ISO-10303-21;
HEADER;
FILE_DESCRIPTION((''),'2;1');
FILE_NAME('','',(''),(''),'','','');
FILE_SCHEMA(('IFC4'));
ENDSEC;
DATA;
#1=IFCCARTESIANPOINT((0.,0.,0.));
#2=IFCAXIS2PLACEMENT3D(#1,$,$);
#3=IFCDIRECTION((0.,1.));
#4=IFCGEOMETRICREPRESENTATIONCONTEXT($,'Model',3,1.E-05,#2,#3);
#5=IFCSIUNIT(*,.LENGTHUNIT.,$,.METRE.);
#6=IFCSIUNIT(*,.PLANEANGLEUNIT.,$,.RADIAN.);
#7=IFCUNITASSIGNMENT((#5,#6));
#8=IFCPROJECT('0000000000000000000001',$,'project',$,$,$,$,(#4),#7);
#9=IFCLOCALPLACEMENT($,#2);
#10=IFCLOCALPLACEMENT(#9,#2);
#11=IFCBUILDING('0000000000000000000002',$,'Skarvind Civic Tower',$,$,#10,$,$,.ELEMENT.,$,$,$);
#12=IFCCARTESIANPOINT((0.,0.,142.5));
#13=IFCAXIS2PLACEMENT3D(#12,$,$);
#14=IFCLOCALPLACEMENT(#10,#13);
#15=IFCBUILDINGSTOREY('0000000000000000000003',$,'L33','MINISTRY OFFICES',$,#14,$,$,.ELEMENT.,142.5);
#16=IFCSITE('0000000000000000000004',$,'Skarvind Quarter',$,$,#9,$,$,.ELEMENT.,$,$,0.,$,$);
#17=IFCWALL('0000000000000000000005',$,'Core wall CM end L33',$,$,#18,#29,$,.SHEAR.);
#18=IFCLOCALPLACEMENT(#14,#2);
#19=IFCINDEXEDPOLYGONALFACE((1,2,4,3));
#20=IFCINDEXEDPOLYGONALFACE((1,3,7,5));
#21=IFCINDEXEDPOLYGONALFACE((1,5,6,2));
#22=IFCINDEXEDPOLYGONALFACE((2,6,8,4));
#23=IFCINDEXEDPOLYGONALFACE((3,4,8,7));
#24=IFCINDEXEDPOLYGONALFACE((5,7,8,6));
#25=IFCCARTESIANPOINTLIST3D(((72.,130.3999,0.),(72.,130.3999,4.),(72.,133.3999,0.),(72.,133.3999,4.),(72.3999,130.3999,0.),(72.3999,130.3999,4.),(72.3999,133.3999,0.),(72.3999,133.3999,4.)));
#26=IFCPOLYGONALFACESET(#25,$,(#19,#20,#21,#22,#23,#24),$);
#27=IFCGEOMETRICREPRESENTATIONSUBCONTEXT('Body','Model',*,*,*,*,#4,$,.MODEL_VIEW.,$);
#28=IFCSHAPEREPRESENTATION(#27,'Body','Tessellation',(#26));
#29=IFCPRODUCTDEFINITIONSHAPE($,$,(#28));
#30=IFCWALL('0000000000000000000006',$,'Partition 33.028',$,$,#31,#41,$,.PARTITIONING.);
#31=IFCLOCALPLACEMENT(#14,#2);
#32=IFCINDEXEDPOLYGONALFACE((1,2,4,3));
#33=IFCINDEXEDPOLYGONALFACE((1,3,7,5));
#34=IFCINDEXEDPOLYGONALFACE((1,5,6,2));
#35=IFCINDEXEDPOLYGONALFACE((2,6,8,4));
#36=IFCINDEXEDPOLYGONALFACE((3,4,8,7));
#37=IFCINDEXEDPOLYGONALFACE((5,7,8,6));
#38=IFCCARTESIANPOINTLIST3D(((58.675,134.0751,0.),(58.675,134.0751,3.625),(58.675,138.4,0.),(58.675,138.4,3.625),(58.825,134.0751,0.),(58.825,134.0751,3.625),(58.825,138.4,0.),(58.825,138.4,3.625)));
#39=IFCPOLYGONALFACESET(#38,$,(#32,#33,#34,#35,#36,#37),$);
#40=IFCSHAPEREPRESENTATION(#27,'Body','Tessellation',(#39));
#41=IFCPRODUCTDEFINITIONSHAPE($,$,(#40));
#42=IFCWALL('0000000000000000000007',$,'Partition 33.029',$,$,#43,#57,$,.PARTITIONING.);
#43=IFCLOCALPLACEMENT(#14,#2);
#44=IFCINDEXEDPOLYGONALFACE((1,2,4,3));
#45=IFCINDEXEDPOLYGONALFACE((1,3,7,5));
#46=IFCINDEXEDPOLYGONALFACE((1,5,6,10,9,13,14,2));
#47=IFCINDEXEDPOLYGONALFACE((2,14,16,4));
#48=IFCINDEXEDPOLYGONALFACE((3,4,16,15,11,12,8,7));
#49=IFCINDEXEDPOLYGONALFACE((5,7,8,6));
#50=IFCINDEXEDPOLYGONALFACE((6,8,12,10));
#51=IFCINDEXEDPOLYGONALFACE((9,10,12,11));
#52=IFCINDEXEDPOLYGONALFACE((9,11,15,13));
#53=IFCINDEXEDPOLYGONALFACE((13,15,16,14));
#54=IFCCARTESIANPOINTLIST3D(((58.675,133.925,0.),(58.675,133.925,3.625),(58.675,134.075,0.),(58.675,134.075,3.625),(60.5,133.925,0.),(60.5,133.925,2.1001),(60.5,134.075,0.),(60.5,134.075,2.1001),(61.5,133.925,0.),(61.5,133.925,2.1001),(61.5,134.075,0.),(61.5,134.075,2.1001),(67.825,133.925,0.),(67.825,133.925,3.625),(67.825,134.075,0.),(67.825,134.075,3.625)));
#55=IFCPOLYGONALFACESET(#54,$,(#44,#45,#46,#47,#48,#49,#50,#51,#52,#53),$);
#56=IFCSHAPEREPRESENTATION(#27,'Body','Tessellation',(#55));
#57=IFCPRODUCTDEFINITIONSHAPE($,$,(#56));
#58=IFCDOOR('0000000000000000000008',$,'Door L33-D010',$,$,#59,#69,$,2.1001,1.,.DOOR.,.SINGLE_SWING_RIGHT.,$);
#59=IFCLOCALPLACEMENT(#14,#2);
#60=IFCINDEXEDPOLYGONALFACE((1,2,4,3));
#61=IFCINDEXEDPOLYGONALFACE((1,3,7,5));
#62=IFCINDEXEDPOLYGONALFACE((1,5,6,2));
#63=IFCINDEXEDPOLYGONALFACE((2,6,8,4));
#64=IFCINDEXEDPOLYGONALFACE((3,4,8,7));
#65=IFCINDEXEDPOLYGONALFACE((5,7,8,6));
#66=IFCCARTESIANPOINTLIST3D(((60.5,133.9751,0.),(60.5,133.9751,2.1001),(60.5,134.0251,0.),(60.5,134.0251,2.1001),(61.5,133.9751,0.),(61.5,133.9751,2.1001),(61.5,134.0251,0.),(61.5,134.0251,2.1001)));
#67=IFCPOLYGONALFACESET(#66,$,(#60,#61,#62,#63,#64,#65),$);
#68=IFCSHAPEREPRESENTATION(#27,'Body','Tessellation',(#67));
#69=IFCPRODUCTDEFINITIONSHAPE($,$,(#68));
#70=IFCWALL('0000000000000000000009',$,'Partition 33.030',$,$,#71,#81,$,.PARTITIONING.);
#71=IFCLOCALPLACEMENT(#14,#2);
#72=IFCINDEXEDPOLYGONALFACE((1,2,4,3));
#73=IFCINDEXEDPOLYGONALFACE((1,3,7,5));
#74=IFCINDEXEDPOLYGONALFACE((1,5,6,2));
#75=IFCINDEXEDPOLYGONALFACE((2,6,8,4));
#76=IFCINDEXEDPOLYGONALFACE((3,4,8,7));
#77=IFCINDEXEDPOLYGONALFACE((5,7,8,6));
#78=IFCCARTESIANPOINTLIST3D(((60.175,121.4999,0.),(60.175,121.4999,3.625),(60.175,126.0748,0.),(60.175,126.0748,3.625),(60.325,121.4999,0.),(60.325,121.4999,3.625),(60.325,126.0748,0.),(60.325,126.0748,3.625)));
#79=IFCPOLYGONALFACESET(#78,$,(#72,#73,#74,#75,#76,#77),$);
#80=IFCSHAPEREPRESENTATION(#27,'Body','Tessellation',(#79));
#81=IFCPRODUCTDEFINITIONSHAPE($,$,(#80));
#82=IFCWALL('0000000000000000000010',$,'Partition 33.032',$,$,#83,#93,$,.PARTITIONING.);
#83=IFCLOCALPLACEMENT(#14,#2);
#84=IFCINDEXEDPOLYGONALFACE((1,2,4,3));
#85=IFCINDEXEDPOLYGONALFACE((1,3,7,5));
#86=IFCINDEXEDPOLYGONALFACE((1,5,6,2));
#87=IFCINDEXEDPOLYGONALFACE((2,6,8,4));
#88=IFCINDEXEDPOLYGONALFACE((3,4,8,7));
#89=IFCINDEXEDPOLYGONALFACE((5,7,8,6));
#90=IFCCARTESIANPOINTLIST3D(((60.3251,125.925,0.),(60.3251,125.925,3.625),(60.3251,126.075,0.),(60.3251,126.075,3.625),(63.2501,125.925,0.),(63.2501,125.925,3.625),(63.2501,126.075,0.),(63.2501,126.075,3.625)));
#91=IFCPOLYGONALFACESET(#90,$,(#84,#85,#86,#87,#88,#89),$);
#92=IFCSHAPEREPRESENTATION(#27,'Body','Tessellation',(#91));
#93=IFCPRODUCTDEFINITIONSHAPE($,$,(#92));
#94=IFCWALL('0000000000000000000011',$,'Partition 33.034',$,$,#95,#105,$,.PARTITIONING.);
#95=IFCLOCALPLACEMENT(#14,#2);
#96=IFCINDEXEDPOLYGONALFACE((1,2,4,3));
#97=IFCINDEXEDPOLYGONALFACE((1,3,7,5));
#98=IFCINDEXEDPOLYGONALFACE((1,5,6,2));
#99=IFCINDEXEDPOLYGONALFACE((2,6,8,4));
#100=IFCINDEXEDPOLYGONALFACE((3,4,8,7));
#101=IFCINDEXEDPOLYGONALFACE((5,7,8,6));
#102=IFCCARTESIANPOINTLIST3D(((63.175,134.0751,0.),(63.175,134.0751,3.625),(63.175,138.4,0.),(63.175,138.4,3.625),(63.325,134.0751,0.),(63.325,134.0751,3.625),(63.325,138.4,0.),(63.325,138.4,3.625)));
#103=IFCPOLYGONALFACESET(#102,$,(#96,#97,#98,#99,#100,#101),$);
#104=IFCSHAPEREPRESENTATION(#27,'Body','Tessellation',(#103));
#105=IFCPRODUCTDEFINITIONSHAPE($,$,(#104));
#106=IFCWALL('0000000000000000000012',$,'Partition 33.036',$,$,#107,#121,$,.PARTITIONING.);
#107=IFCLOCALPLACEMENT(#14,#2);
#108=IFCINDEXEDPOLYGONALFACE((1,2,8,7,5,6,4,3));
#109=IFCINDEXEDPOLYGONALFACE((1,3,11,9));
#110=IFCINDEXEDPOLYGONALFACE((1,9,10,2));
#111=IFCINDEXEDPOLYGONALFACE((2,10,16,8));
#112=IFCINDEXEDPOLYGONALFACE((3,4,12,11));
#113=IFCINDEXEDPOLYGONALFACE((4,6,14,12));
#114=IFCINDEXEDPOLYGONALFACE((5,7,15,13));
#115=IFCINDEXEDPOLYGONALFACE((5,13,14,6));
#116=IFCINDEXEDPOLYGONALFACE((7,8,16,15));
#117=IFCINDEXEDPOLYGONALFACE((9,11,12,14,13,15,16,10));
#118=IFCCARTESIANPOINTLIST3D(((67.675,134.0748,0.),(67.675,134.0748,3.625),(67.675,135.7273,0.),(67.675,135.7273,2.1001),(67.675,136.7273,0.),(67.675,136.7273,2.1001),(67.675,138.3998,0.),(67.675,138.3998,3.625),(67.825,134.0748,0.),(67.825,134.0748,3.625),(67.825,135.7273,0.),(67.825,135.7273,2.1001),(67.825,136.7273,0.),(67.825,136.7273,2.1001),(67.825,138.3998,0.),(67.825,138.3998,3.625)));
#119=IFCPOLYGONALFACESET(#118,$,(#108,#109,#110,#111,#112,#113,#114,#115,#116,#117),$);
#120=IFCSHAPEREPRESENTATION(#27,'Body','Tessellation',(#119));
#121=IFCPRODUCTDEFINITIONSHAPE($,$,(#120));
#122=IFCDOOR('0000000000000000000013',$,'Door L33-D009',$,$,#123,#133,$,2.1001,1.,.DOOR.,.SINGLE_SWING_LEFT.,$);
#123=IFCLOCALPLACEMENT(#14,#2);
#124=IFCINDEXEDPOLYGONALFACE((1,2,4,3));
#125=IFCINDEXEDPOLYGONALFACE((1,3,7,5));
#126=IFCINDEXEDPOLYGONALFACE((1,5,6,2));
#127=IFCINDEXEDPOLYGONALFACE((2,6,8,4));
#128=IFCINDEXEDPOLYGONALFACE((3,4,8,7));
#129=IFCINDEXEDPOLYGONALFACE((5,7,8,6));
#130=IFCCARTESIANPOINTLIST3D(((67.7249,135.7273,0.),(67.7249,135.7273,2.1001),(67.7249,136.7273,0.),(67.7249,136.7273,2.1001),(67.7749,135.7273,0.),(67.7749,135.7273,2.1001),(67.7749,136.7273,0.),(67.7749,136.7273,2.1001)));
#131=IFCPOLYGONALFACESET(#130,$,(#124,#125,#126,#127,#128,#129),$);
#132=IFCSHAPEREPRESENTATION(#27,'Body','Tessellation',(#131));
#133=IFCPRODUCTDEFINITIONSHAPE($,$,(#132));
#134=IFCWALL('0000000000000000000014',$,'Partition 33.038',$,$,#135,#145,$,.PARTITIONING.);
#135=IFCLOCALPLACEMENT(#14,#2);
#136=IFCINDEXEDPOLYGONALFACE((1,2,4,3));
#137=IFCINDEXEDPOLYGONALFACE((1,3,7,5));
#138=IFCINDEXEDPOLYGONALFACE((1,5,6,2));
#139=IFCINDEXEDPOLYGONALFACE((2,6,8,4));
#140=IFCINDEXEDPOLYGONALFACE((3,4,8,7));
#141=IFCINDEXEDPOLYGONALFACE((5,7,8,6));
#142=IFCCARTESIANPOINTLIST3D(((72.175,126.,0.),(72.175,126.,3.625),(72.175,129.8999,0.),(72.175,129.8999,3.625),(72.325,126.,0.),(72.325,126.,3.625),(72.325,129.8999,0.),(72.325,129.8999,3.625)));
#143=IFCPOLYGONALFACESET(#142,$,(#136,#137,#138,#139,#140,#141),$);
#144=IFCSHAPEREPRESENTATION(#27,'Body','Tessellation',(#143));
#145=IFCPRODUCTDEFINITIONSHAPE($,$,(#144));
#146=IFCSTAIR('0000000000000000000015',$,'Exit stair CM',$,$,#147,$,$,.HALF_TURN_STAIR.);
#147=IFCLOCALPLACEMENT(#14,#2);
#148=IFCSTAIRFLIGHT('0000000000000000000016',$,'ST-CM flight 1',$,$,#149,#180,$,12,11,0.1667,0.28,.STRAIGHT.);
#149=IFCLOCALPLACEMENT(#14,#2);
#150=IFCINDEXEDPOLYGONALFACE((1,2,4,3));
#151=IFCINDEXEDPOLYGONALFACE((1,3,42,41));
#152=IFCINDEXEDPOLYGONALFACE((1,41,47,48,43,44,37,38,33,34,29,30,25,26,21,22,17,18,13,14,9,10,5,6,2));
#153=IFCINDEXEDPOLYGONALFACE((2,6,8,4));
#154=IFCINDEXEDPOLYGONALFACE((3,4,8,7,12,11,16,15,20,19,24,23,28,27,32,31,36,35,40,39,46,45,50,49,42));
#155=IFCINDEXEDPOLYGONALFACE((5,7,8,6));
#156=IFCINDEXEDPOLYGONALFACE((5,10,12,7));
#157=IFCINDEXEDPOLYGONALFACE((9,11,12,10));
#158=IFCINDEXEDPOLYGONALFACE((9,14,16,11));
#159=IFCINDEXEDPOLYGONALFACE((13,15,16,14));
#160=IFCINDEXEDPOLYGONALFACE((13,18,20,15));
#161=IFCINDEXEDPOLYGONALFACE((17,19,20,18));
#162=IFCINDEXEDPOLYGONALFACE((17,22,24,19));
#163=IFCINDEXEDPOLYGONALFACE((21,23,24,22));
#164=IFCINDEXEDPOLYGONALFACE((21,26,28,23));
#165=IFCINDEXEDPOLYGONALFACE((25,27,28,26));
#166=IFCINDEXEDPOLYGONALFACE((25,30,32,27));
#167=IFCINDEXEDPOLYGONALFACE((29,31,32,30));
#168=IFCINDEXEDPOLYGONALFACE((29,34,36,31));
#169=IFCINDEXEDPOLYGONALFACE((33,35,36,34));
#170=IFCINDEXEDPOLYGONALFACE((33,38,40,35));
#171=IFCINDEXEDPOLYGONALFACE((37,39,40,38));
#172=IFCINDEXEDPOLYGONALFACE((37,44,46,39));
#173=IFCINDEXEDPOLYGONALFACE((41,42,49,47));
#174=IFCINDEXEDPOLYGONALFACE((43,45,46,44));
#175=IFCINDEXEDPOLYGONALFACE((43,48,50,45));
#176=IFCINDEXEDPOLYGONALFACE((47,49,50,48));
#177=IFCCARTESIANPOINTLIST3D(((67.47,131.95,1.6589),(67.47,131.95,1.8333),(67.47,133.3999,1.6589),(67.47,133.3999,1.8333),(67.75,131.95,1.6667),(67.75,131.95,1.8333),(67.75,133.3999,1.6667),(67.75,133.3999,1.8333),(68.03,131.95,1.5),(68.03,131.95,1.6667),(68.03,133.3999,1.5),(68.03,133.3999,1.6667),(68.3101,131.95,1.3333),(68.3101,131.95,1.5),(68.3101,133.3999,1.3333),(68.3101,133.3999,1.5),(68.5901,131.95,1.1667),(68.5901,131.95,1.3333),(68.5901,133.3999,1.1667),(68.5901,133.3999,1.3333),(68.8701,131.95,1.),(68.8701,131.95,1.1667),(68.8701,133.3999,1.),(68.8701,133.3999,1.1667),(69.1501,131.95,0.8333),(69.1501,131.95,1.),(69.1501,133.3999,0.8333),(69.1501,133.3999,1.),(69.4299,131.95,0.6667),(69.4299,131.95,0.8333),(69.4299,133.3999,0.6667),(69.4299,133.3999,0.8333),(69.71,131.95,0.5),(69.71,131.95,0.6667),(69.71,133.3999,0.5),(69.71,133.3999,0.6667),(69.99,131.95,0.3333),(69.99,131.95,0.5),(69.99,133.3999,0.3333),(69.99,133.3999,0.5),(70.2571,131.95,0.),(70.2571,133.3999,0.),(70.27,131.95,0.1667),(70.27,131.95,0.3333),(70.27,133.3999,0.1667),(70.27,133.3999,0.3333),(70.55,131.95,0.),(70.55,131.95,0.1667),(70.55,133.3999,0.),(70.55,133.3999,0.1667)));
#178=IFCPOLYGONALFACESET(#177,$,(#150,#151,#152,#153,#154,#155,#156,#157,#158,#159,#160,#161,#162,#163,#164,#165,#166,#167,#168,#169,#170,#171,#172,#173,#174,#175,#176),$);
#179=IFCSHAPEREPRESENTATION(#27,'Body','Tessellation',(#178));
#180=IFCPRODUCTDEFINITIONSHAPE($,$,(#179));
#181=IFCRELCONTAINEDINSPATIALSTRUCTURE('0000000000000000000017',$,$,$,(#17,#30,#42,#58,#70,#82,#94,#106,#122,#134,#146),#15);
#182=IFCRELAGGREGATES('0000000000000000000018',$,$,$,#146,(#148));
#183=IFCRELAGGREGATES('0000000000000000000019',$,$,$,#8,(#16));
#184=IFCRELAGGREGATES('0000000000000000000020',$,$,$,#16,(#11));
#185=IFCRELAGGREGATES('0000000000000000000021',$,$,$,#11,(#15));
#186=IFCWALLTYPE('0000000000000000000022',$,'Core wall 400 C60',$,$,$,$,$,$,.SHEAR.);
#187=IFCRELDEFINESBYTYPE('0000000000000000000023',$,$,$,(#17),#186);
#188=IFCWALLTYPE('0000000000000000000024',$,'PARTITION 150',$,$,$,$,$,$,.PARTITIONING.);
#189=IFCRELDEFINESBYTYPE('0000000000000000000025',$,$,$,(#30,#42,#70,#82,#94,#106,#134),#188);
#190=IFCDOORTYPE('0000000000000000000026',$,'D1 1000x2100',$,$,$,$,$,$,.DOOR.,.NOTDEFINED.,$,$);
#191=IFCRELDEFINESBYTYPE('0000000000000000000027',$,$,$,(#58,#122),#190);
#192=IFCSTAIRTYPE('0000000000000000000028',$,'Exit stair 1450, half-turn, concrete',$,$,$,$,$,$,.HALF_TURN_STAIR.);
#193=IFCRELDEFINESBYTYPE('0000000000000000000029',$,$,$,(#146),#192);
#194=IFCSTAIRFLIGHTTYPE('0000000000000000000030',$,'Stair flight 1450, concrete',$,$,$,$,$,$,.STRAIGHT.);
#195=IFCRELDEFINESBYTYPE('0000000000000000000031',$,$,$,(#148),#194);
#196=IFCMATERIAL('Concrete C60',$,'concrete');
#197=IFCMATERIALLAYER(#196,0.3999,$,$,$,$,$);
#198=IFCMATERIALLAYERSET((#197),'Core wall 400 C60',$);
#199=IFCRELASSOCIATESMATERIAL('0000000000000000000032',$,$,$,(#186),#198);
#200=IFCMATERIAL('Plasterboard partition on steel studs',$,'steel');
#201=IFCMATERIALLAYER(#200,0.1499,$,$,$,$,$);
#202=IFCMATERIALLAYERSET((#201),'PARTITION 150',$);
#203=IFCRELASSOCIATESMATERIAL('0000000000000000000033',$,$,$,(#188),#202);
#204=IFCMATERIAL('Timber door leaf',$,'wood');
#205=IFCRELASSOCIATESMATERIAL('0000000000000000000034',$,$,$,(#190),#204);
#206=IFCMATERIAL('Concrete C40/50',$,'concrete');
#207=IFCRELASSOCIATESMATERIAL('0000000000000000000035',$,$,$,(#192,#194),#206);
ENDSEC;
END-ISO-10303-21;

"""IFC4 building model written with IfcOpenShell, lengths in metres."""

from ifc_helpers import new_model, si_unit, direction, frame, frame_2d, origin, place, context, subcontext, project, spatial, polyline, rectangle, outline, extrude, material, layer, layer_set, type_object, element, fill, aggregate, save


model = new_model("IFC4")

# Units and contexts
model_context = context("Model", 3, precision=1e-05, world=origin(), true_north=direction((0.0, 1.0)))
body_context = subcontext(model_context, "Body", "Model", "MODEL_VIEW")
ifc_project = project(units=[si_unit("LENGTHUNIT", "METRE"), si_unit("PLANEANGLEUNIT", "RADIAN")], contexts=[model_context])

# Site, building, storey
site_placement = place(None, origin())
site = spatial("IfcSite", under=ifc_project, at=site_placement, Name="Skarvind Quarter", CompositionType="ELEMENT", RefElevation=0.0)
building_placement = place(site_placement, origin())
building = spatial("IfcBuilding", under=site, at=building_placement, Name="Skarvind Civic Tower", CompositionType="ELEMENT")
storey_placement = place(building_placement, frame((0.0, 0.0, 142.5)))
storey = spatial("IfcBuildingStorey", under=building, at=storey_placement, Name="L33", Description="MINISTRY OFFICES", CompositionType="ELEMENT", Elevation=142.5)

# Shared definitions
ifc_material_1 = material(Name="Concrete C60", Category="concrete")

# Shared definitions
ifc_layer_1 = layer(ifc_material_1, 0.3999)
ifc_layer_set_1 = layer_set([ifc_layer_1], Name="Core wall 400 C60")
wall_type_1 = type_object("IfcWallType", Name="Core wall 400 C60", PredefinedType="SHEAR", material=ifc_layer_set_1)

# Walls
for number, where, z_axis, x_axis, name in (
    (1, (72.2, 130.3999, 0.0), (0.0, 0.0, 1.0), (0.0, 1.0, 0.0), "Core wall CM end L33"),
):
    element("IfcWall", number, at=place(storey_placement, frame(where, z_axis=z_axis, x_axis=x_axis)), inside=storey, type_object=wall_type_1, Name=name, PredefinedType="SHEAR", context=body_context, shape_type="SweptSolid", body=[
        extrude(rectangle(XDim=3.0, YDim=0.3999, at=frame_2d((1.5, 0.0))), origin(), (0.0, 0.0, 1.0), 4.0),
    ])
ifc_material_2 = material(Name="Plasterboard partition on steel studs", Category="steel")
ifc_layer_2 = layer(ifc_material_2, 0.1499)
ifc_layer_set_2 = layer_set([ifc_layer_2], Name="PARTITION 150")
wall_type_2 = type_object("IfcWallType", Name="PARTITION 150", PredefinedType="PARTITIONING", material=ifc_layer_set_2)
wall_1_placement = place(storey_placement, frame((58.75, 134.075, 0.0), z_axis=(0.0, 0.0, 1.0), x_axis=(0.0, 1.0, 0.0)))
element("IfcWall", 2, at=wall_1_placement, inside=storey, type_object=wall_type_2, Name="Partition 33.028", PredefinedType="PARTITIONING", context=body_context, shape_type="SweptSolid", body=[
    extrude(rectangle(XDim=4.325, YDim=0.1499, at=frame_2d((2.1626, 0.0))), origin(), (0.0, 0.0, 1.0), 3.625),
])

# Wall, opening, door
wall_2_placement = place(storey_placement, frame((67.825, 134.0, 0.0), z_axis=(0.0, 0.0, 1.0), x_axis=(-1.0, 0.0, 0.0)))
wall_2 = element("IfcWall", 3, at=wall_2_placement, inside=storey, type_object=wall_type_2, Name="Partition 33.029", PredefinedType="PARTITIONING", context=body_context, shape_type="SweptSolid", body=[
    extrude(rectangle(XDim=9.1499, YDim=0.1499, at=frame_2d((4.575, 0.0))), origin(), (0.0, 0.0, 1.0), 3.625),
])
opening_1_placement = place(wall_2_placement, frame((6.325, 0.0, 0.0)))
opening_1 = element("IfcOpeningElement", 4, at=opening_1_placement, cuts=wall_2, PredefinedType="OPENING", context=body_context, shape_type="SweptSolid", body=[
    extrude(rectangle(XDim=1.0, YDim=2.1001, at=frame_2d((0.5, 1.05))), frame((0.0, 0.085, 0.0), z_axis=(0.0, -1.0, 0.0), x_axis=(1.0, 0.0, 0.0)), (0.0, 0.0, 1.0), 0.1699),
])
ifc_material_3 = material(Name="Timber door leaf", Category="wood")
door_type_1 = type_object("IfcDoorType", Name="D1 1000x2100", OperationType="NOTDEFINED", PredefinedType="DOOR", material=ifc_material_3)
door_1_placement = place(opening_1_placement, origin())
door_1 = element("IfcDoor", 5, at=door_1_placement, inside=storey, type_object=door_type_1, Name="Door L33-D010", OperationType="SINGLE_SWING_RIGHT", OverallHeight=2.1001, OverallWidth=1.0, PredefinedType="DOOR", context=body_context, shape_type="SweptSolid", body=[
    extrude(rectangle(XDim=1.0, YDim=2.1001, at=frame_2d((0.5, 1.05))), frame((0.0, 0.0249, 0.0), z_axis=(0.0, -1.0, 0.0), x_axis=(1.0, 0.0, 0.0)), (0.0, 0.0, 1.0), 0.05),
])
fill(opening_1, door_1)

# Walls
wall_3_placement = place(storey_placement, frame((60.25, 126.075, 0.0), z_axis=(0.0, 0.0, 1.0), x_axis=(0.0, -1.0, 0.0)))
element("IfcWall", 6, at=wall_3_placement, inside=storey, type_object=wall_type_2, Name="Partition 33.030", PredefinedType="PARTITIONING", context=body_context, shape_type="SweptSolid", body=[
    extrude(rectangle(XDim=4.575, YDim=0.1499, at=frame_2d((2.2876, 0.0))), origin(), (0.0, 0.0, 1.0), 3.625),
])
wall_4_placement = place(storey_placement, frame((63.25, 126.0, 0.0), z_axis=(0.0, 0.0, 1.0), x_axis=(-1.0, 0.0, 0.0)))
element("IfcWall", 7, at=wall_4_placement, inside=storey, type_object=wall_type_2, Name="Partition 33.032", PredefinedType="PARTITIONING", context=body_context, shape_type="SweptSolid", body=[
    extrude(rectangle(XDim=2.925, YDim=0.1499, at=frame_2d((1.4624, 0.0))), origin(), (0.0, 0.0, 1.0), 3.625),
])
wall_5_placement = place(storey_placement, frame((63.25, 134.075, 0.0), z_axis=(0.0, 0.0, 1.0), x_axis=(0.0, 1.0, 0.0)))
element("IfcWall", 8, at=wall_5_placement, inside=storey, type_object=wall_type_2, Name="Partition 33.034", PredefinedType="PARTITIONING", context=body_context, shape_type="SweptSolid", body=[
    extrude(rectangle(XDim=4.325, YDim=0.1499, at=frame_2d((2.1626, 0.0))), origin(), (0.0, 0.0, 1.0), 3.625),
])

# Wall, opening, door
wall_6_placement = place(storey_placement, frame((67.75, 138.3999, 0.0), z_axis=(0.0, 0.0, 1.0), x_axis=(0.0, -1.0, 0.0)))
wall_6 = element("IfcWall", 9, at=wall_6_placement, inside=storey, type_object=wall_type_2, Name="Partition 33.036", PredefinedType="PARTITIONING", context=body_context, shape_type="SweptSolid", body=[
    extrude(rectangle(XDim=4.325, YDim=0.1499, at=frame_2d((2.1626, 0.0))), origin(), (0.0, 0.0, 1.0), 3.625),
])
opening_2_placement = place(wall_6_placement, frame((1.6726, 0.0, 0.0)))
opening_2 = element("IfcOpeningElement", 10, at=opening_2_placement, cuts=wall_6, PredefinedType="OPENING", context=body_context, shape_type="SweptSolid", body=[
    extrude(rectangle(XDim=1.0, YDim=2.1001, at=frame_2d((0.5, 1.05))), frame((0.0, 0.085, 0.0), z_axis=(0.0, -1.0, 0.0), x_axis=(1.0, 0.0, 0.0)), (0.0, 0.0, 1.0), 0.1699),
])
door_2_placement = place(opening_2_placement, origin())
door_2 = element("IfcDoor", 11, at=door_2_placement, inside=storey, type_object=door_type_1, Name="Door L33-D009", OperationType="SINGLE_SWING_LEFT", OverallHeight=2.1001, OverallWidth=1.0, PredefinedType="DOOR", context=body_context, shape_type="SweptSolid", body=[
    extrude(rectangle(XDim=1.0, YDim=2.1001, at=frame_2d((0.5, 1.05))), frame((0.0, 0.0249, 0.0), z_axis=(0.0, -1.0, 0.0), x_axis=(1.0, 0.0, 0.0)), (0.0, 0.0, 1.0), 0.05),
])
fill(opening_2, door_2)

# Wall
wall_7_placement = place(storey_placement, frame((72.25, 126.0, 0.0), z_axis=(0.0, 0.0, 1.0), x_axis=(0.0, 1.0, 0.0)))
element("IfcWall", 12, at=wall_7_placement, inside=storey, type_object=wall_type_2, Name="Partition 33.038", PredefinedType="PARTITIONING", context=body_context, shape_type="SweptSolid", body=[
    extrude(rectangle(XDim=3.8999, YDim=0.1499, at=frame_2d((1.95, 0.0))), origin(), (0.0, 0.0, 1.0), 3.625),
])

# Stair, stair flight
ifc_material_4 = material(Name="Concrete C40/50", Category="concrete")
stair_type = type_object("IfcStairType", Name="Exit stair 1450, half-turn, concrete", PredefinedType="HALF_TURN_STAIR", material=ifc_material_4)
stair_placement = place(storey_placement, origin())
stair = element("IfcStair", 13, at=stair_placement, inside=storey, type_object=stair_type, Name="Exit stair CM", PredefinedType="HALF_TURN_STAIR")
stair_flight_type = type_object("IfcStairFlightType", Name="Stair flight 1450, concrete", PredefinedType="STRAIGHT", material=ifc_material_4)
stair_flight_1_placement = place(storey_placement, frame((70.55, 132.675, 0.0), z_axis=(0.0, 0.0, 1.0), x_axis=(-1.0, 0.0, 0.0)))
stair_flight_1 = element("IfcStairFlight", 14, at=stair_flight_1_placement, type_object=stair_flight_type, Name="ST-CM flight 1", NumberOfRisers=12, NumberOfTreads=11, PredefinedType="STRAIGHT", RiserHeight=0.1667, TreadLength=0.28, context=body_context, shape_type="SweptSolid", body=[
    extrude(outline(polyline([(0.0, 0.0), (0.0, 0.1667), (0.28, 0.1667), (0.28, 0.3333), (0.5601, 0.3333), (0.5601, 0.5), (0.8401, 0.5), (0.8401, 0.6667), (1.1201, 0.6667), (1.1201, 0.8333), (1.3999, 0.8333), (1.3999, 1.0), (1.6799, 1.0), (1.6799, 1.1667), (1.96, 1.1667), (1.96, 1.3333), (2.24, 1.3333), (2.24, 1.5), (2.52, 1.5), (2.52, 1.6667), (2.8, 1.6667), (2.8, 1.8333), (3.0801, 1.8333), (3.0801, 2.0), (3.0801, 1.6589), (0.293, 0.0), (0.0, 0.0)])), frame((0.0, 0.7251, 0.0), z_axis=(0.0, -1.0, 0.0), x_axis=(1.0, 0.0, 0.0)), (0.0, 0.0, 1.0), 1.45),
])
aggregate(stair, [stair_flight_1])

save(model, "model.ifc")
